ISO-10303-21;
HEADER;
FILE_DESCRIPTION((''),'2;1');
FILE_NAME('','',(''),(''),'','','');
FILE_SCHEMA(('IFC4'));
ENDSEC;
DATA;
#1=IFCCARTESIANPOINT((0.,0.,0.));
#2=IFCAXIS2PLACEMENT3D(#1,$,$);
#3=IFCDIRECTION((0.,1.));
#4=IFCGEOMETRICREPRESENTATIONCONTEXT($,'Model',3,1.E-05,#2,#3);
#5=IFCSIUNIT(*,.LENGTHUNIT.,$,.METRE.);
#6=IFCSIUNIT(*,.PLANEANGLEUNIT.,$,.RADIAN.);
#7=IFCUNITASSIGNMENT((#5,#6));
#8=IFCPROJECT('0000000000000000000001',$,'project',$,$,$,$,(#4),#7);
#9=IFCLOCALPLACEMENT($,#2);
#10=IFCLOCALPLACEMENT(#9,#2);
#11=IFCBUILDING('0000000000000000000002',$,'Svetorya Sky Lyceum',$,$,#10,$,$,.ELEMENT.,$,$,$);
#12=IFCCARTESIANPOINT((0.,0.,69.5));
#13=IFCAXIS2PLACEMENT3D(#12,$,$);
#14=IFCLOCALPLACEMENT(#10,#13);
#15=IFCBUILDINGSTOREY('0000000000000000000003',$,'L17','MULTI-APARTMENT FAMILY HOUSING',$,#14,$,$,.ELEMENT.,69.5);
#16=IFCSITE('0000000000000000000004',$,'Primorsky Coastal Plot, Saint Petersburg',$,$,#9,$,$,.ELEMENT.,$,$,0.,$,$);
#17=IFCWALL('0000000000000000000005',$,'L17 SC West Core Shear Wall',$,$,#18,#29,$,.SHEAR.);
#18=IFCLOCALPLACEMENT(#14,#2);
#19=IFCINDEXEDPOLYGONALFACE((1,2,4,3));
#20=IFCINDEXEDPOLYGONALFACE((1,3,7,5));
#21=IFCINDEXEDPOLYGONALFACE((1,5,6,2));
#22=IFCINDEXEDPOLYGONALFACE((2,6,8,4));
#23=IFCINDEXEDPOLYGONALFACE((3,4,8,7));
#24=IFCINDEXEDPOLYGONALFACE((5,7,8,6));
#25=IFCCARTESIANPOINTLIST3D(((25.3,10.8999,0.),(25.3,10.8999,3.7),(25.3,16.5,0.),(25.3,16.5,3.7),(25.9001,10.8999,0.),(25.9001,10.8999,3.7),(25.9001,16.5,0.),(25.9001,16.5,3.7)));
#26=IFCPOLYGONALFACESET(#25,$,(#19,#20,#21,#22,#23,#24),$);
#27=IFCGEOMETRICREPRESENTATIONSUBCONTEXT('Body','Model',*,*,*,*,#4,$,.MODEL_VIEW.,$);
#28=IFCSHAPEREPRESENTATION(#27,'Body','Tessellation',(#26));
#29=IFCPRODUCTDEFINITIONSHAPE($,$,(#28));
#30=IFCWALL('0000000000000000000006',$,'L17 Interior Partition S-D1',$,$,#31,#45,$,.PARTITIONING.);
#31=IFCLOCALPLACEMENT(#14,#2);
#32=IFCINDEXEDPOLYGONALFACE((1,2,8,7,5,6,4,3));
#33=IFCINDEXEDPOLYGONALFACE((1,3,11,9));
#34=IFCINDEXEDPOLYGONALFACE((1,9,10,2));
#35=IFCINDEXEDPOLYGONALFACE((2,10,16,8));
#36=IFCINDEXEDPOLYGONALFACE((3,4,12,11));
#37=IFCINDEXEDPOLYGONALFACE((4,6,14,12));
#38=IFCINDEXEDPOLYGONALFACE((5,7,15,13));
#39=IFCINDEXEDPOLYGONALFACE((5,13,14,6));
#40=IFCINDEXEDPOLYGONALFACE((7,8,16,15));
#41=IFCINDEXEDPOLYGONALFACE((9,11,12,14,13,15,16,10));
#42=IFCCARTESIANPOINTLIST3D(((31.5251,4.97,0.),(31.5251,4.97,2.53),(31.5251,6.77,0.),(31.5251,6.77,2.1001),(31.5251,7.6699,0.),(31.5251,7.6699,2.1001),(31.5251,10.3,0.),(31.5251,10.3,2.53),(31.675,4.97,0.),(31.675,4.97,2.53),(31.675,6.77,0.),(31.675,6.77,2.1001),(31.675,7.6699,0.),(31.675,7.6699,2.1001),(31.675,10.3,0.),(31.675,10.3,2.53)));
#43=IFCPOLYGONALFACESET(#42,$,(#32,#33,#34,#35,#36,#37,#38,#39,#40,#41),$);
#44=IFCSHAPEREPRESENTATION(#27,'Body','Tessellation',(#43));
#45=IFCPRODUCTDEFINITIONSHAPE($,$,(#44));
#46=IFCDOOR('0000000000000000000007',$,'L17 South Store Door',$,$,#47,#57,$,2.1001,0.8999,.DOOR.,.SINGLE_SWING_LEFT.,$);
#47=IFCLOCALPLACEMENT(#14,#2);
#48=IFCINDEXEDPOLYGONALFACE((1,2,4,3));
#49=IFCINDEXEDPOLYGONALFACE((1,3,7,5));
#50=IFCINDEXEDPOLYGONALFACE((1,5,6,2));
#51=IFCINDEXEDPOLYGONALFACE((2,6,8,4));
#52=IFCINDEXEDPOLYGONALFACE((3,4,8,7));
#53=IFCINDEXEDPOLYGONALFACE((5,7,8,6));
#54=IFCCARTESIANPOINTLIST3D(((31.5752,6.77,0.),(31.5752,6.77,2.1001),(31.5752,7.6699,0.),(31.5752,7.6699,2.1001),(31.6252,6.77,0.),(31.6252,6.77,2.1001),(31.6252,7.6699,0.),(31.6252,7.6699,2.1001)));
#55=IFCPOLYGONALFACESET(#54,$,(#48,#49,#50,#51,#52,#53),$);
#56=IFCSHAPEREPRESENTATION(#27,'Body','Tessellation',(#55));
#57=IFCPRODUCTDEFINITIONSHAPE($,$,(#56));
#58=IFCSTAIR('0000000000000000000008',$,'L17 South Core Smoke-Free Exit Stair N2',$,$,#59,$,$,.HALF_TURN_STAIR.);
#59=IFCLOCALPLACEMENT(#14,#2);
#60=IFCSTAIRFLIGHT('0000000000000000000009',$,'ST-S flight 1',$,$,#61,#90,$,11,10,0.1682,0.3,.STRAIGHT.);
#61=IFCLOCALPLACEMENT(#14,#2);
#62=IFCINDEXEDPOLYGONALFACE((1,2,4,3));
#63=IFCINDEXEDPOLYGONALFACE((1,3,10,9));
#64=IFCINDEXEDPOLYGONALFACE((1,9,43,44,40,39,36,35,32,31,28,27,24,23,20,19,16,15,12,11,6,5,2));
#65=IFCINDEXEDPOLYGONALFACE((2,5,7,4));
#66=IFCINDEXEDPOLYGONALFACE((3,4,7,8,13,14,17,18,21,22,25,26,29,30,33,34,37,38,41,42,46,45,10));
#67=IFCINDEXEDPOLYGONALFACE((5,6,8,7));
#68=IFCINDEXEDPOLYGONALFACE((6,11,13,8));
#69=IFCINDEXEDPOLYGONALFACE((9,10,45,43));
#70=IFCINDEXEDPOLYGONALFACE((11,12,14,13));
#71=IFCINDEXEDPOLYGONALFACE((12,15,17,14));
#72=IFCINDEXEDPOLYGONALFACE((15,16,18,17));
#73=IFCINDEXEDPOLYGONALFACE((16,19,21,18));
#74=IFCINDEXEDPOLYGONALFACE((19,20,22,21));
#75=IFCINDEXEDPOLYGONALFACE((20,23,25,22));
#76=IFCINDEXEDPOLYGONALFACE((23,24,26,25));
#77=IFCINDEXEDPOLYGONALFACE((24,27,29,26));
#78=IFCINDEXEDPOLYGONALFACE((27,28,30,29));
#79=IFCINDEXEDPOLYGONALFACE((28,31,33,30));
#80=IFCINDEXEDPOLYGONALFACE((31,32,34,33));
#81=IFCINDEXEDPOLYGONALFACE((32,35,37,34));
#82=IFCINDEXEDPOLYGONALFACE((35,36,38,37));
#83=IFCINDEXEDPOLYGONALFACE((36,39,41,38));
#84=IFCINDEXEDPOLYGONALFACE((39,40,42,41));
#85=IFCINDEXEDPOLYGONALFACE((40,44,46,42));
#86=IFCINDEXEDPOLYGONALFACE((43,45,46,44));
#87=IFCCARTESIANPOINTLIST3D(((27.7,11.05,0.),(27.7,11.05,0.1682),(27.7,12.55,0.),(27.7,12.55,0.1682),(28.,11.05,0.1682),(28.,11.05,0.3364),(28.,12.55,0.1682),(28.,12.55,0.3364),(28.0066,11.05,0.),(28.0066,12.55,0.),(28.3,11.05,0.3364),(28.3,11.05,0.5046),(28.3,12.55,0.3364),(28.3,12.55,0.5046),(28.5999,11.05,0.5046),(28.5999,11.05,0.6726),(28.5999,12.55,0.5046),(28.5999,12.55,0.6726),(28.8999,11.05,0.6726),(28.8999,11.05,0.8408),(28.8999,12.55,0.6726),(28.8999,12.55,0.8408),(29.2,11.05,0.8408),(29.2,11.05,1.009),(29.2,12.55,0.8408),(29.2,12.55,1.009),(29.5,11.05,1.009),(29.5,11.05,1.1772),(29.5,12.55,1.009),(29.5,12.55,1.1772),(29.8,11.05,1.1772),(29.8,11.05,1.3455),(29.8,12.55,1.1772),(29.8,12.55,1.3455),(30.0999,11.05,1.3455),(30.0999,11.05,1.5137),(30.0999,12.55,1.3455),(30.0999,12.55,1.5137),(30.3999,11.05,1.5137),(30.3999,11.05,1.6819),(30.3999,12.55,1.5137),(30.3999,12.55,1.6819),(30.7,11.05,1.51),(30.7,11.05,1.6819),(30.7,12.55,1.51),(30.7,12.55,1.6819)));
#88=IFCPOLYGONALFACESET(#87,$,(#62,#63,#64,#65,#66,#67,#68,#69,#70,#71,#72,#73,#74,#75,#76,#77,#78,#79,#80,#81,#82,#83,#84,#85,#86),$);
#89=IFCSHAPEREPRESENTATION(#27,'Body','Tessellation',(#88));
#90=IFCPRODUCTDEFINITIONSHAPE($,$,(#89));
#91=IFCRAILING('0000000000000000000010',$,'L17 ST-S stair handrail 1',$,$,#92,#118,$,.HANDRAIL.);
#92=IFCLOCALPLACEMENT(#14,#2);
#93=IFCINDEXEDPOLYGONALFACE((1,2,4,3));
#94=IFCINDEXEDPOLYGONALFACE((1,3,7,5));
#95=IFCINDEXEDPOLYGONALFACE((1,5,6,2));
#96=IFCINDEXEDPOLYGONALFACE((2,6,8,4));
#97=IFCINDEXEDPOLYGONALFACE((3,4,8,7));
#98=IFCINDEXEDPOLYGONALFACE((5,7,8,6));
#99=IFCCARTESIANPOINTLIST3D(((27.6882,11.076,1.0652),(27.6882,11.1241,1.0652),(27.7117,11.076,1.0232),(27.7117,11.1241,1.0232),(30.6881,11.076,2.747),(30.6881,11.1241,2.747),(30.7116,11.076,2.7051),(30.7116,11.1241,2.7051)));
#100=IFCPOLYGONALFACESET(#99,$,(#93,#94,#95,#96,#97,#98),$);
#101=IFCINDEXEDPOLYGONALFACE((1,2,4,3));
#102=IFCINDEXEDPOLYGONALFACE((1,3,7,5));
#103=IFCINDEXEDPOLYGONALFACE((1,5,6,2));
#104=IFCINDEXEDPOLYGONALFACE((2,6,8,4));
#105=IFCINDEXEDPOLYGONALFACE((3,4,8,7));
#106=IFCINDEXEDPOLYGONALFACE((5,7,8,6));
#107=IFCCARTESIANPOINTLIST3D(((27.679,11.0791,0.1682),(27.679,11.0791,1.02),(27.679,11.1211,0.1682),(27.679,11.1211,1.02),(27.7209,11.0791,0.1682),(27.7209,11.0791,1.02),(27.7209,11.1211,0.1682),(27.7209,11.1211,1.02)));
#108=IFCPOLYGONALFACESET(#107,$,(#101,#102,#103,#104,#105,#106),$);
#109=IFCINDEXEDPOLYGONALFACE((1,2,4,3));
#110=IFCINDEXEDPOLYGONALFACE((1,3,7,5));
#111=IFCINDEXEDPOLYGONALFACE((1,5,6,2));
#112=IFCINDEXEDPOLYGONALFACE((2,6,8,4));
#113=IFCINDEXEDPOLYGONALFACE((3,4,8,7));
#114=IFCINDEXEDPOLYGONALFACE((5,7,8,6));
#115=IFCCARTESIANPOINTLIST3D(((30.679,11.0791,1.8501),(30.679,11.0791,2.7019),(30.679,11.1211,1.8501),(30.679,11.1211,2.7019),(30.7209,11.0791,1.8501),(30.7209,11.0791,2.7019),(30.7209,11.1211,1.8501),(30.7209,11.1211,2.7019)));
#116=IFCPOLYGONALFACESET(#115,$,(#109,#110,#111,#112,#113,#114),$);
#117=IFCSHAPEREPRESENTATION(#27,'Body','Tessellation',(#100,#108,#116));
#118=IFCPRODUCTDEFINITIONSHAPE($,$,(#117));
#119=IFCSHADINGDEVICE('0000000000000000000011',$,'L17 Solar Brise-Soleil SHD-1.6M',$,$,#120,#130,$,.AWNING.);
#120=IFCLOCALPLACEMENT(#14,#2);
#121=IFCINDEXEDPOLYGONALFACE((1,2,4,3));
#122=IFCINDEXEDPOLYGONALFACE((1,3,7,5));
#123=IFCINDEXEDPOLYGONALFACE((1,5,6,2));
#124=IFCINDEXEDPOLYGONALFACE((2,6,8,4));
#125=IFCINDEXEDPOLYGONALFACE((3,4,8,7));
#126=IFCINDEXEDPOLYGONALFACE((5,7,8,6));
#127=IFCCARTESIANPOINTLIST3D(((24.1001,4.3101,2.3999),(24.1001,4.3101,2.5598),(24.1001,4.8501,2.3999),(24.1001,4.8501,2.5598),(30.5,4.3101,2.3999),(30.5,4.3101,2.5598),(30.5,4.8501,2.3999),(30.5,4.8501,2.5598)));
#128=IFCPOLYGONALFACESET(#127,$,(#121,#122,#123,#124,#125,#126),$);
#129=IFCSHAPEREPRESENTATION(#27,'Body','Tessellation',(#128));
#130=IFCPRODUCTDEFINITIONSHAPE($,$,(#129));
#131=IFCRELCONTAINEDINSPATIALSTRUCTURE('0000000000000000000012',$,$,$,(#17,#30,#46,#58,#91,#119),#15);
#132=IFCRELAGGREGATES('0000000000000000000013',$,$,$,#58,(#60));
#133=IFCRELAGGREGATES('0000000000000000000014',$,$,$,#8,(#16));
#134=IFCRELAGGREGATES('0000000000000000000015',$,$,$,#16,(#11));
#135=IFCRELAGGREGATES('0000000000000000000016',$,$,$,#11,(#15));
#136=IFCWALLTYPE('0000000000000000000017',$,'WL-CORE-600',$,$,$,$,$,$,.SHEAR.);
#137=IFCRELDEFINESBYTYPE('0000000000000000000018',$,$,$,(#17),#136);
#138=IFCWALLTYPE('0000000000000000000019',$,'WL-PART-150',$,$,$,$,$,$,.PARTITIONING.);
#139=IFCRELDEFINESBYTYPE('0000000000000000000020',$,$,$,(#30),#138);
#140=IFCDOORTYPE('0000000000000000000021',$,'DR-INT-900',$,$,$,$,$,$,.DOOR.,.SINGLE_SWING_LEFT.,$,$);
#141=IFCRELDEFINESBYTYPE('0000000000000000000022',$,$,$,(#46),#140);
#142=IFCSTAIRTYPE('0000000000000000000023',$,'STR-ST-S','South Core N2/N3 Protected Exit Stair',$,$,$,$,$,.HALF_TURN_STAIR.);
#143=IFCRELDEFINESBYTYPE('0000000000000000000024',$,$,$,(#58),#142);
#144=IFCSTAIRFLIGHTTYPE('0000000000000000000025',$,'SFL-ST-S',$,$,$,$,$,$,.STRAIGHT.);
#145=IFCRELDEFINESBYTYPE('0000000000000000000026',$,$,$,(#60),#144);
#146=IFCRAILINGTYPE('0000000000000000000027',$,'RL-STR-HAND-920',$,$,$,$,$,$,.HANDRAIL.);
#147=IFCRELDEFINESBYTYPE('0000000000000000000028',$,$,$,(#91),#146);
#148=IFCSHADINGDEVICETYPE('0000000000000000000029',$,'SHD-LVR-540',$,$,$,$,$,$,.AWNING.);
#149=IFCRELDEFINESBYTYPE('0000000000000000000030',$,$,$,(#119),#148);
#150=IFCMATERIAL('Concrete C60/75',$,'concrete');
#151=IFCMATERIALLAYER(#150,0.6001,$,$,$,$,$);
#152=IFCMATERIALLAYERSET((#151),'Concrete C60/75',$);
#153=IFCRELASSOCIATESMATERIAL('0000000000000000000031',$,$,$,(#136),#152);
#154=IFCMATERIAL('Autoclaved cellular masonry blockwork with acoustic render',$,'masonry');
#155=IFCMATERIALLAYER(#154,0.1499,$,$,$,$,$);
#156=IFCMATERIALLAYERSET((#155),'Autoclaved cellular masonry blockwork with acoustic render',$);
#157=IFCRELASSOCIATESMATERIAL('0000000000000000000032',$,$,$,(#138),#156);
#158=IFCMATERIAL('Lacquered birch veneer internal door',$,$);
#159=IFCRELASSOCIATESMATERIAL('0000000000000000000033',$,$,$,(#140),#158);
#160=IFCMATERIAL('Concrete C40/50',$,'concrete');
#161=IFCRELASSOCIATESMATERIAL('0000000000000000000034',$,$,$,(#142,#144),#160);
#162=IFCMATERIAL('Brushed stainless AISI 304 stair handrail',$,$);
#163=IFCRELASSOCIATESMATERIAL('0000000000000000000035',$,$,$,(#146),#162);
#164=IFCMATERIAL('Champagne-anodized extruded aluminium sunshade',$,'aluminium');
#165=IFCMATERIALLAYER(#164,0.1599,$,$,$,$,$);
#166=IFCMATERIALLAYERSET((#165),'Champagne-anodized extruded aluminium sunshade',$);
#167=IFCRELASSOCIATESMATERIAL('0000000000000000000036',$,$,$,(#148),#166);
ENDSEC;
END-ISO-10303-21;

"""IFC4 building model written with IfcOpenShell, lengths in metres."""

from ifc_helpers import new_model, si_unit, direction, frame, frame_2d, origin, origin_2d, place, context, subcontext, project, spatial, polyline, rectangle, outline, extrude, material, layer, layer_set, type_object, element, fill, aggregate, save


model = new_model("IFC4")

# Units and contexts
model_context = context("Model", 3, precision=1e-05, world=origin(), true_north=direction((0.0, 1.0)))
body_context = subcontext(model_context, "Body", "Model", "MODEL_VIEW")
ifc_project = project(units=[si_unit("LENGTHUNIT", "METRE"), si_unit("PLANEANGLEUNIT", "RADIAN")], contexts=[model_context])

# Site, building, storey
site_placement = place(None, origin())
site = spatial("IfcSite", under=ifc_project, at=site_placement, Name="Primorsky Coastal Plot, Saint Petersburg", CompositionType="ELEMENT", RefElevation=0.0)
building_placement = place(site_placement, origin())
building = spatial("IfcBuilding", under=site, at=building_placement, Name="Svetorya Sky Lyceum", CompositionType="ELEMENT")
storey_placement = place(building_placement, frame((0.0, 0.0, 69.5)))
storey = spatial("IfcBuildingStorey", under=building, at=storey_placement, Name="L17", Description="MULTI-APARTMENT FAMILY HOUSING", CompositionType="ELEMENT", Elevation=69.5)

# Shared definitions
ifc_material_1 = material(Name="Concrete C60/75", Category="concrete")

# Wall
ifc_material_2 = material(Name="Concrete C40/50", Category="concrete")
ifc_layer_1 = layer(ifc_material_1, 0.6001)
ifc_layer_set_1 = layer_set([ifc_layer_1], Name="Concrete C60/75")
wall_type_1 = type_object("IfcWallType", Name="WL-CORE-600", PredefinedType="SHEAR", material=ifc_layer_set_1)
wall_1_placement = place(storey_placement, frame((25.6001, 10.8999, 0.0), z_axis=(0.0, 0.0, 1.0), x_axis=(0.0, 1.0, 0.0)))
element("IfcWall", 1, at=wall_1_placement, inside=storey, type_object=wall_type_1, Name="L17 SC West Core Shear Wall", PredefinedType="SHEAR", context=body_context, shape_type="SweptSolid", body=[
    extrude(rectangle(XDim=5.6001, YDim=0.6001, at=frame_2d((2.8, 0.0))), origin(), (0.0, 0.0, 1.0), 3.7),
])

# Wall, opening, door
ifc_material_3 = material(Name="Autoclaved cellular masonry blockwork with acoustic render", Category="masonry")
ifc_layer_2 = layer(ifc_material_3, 0.1499)
ifc_layer_set_2 = layer_set([ifc_layer_2], Name="Autoclaved cellular masonry blockwork with acoustic render")
wall_type_2 = type_object("IfcWallType", Name="WL-PART-150", PredefinedType="PARTITIONING", material=ifc_layer_set_2)
wall_2_placement = place(storey_placement, frame((31.6001, 4.97, 0.0), z_axis=(0.0, 0.0, 1.0), x_axis=(0.0, 1.0, 0.0)))
wall_2 = element("IfcWall", 2, at=wall_2_placement, inside=storey, type_object=wall_type_2, Name="L17 Interior Partition S-D1", PredefinedType="PARTITIONING", context=body_context, shape_type="SweptSolid", body=[
    extrude(rectangle(XDim=5.3301, YDim=0.1499, at=frame_2d((2.665, 0.0))), origin(), (0.0, 0.0, 1.0), 2.53),
])
opening_placement = place(wall_2_placement, frame((1.8, 0.0, 0.0)))
opening = element("IfcOpeningElement", 3, at=opening_placement, cuts=wall_2, PredefinedType="OPENING", context=body_context, shape_type="SweptSolid", body=[
    extrude(rectangle(XDim=0.8999, YDim=2.1001, at=frame_2d((0.45, 1.05))), frame((0.0, 0.085, 0.0), z_axis=(0.0, -1.0, 0.0), x_axis=(1.0, 0.0, 0.0)), (0.0, 0.0, 1.0), 0.1699),
])
ifc_material_4 = material(Name="Lacquered birch veneer internal door")
door_type = type_object("IfcDoorType", Name="DR-INT-900", OperationType="SINGLE_SWING_LEFT", PredefinedType="DOOR", material=ifc_material_4)
door_placement = place(opening_placement, origin())
door = element("IfcDoor", 4, at=door_placement, inside=storey, type_object=door_type, Name="L17 South Store Door", OperationType="SINGLE_SWING_LEFT", OverallHeight=2.1001, OverallWidth=0.8999, PredefinedType="DOOR", context=body_context, shape_type="SweptSolid", body=[
    extrude(rectangle(XDim=0.8999, YDim=2.1001, at=frame_2d((0.45, 1.05))), frame((0.0, 0.0249, 0.0), z_axis=(0.0, -1.0, 0.0), x_axis=(1.0, 0.0, 0.0)), (0.0, 0.0, 1.0), 0.05),
])
fill(opening, door)

# Stair, stair flight
stair_type = type_object("IfcStairType", Name="STR-ST-S", Description="South Core N2/N3 Protected Exit Stair", PredefinedType="HALF_TURN_STAIR", material=ifc_material_2)
stair_placement = place(storey_placement, origin())
stair = element("IfcStair", 5, at=stair_placement, inside=storey, type_object=stair_type, Name="L17 South Core Smoke-Free Exit Stair N2", PredefinedType="HALF_TURN_STAIR")
stair_flight_type = type_object("IfcStairFlightType", Name="SFL-ST-S", PredefinedType="STRAIGHT", material=ifc_material_2)
stair_flight_placement = place(storey_placement, frame((27.7, 11.8, 0.0), z_axis=(0.0, 0.0, 1.0), x_axis=(1.0, 0.0, 0.0)))
stair_flight = element("IfcStairFlight", 6, at=stair_flight_placement, type_object=stair_flight_type, Name="ST-S flight 1", NumberOfRisers=11, NumberOfTreads=10, PredefinedType="STRAIGHT", RiserHeight=0.1682, TreadLength=0.3, context=body_context, shape_type="SweptSolid", body=[
    extrude(outline(polyline([(0.0, 0.0), (0.0, 0.1682), (0.3, 0.1682), (0.3, 0.3364), (0.6001, 0.3364), (0.6001, 0.5046), (0.8999, 0.5046), (0.8999, 0.6726), (1.2, 0.6726), (1.2, 0.8408), (1.5, 0.8408), (1.5, 1.009), (1.8, 1.009), (1.8, 1.1772), (2.1001, 1.1772), (2.1001, 1.3455), (2.3999, 1.3455), (2.3999, 1.5137), (2.7, 1.5137), (2.7, 1.6819), (3.0, 1.6819), (3.0, 1.8501), (3.0, 1.51), (0.3066, 0.0), (0.0, 0.0)])), frame((0.0, 0.75, 0.0), z_axis=(0.0, -1.0, 0.0), x_axis=(1.0, 0.0, 0.0)), (0.0, 0.0, 1.0), 1.5),
])
aggregate(stair, [stair_flight])

# Railing
ifc_material_5 = material(Name="Brushed stainless AISI 304 stair handrail")
railing_type = type_object("IfcRailingType", Name="RL-STR-HAND-920", PredefinedType="HANDRAIL", material=ifc_material_5)
railing_placement = place(storey_placement, frame((27.7, 11.1001, 0.1682)))
element("IfcRailing", 7, at=railing_placement, inside=storey, type_object=railing_type, Name="L17 ST-S stair handrail 1", PredefinedType="HANDRAIL", context=body_context, shape_type="SweptSolid", body=[
    extrude(rectangle(XDim=0.0481, YDim=0.0481, at=origin_2d()), frame((0.0, 0.0, 0.876), z_axis=(0.872272, 0.0, 0.48902), x_axis=(0.0, 1.0, 0.0)), (0.0, 0.0, 1.0), 3.4392),
    extrude(rectangle(XDim=0.042, YDim=0.042, at=origin_2d()), origin(), (0.0, 0.0, 1.0), 0.8518),
    extrude(rectangle(XDim=0.042, YDim=0.042, at=origin_2d()), frame((3.0, 0.0, 1.6819)), (0.0, 0.0, 1.0), 0.8518),
])

# Shading device
ifc_material_6 = material(Name="Champagne-anodized extruded aluminium sunshade", Category="aluminium")
ifc_layer_3 = layer(ifc_material_6, 0.1599)
ifc_layer_set_3 = layer_set([ifc_layer_3], Name="Champagne-anodized extruded aluminium sunshade")
shading_device_type = type_object("IfcShadingDeviceType", Name="SHD-LVR-540", PredefinedType="AWNING", material=ifc_layer_set_3)
shading_device_placement = place(storey_placement, frame((27.3, 4.5801, 2.3999), z_axis=(0.0, 0.0, 1.0), x_axis=(1.0, 0.0, 0.0)))
element("IfcShadingDevice", 8, at=shading_device_placement, inside=storey, type_object=shading_device_type, Name="L17 Solar Brise-Soleil SHD-1.6M", PredefinedType="AWNING", context=body_context, shape_type="SweptSolid", body=[
    extrude(rectangle(XDim=6.3999, YDim=0.54, at=origin_2d()), origin(), (0.0, 0.0, 1.0), 0.1599),
])

save(model, "model.ifc")
